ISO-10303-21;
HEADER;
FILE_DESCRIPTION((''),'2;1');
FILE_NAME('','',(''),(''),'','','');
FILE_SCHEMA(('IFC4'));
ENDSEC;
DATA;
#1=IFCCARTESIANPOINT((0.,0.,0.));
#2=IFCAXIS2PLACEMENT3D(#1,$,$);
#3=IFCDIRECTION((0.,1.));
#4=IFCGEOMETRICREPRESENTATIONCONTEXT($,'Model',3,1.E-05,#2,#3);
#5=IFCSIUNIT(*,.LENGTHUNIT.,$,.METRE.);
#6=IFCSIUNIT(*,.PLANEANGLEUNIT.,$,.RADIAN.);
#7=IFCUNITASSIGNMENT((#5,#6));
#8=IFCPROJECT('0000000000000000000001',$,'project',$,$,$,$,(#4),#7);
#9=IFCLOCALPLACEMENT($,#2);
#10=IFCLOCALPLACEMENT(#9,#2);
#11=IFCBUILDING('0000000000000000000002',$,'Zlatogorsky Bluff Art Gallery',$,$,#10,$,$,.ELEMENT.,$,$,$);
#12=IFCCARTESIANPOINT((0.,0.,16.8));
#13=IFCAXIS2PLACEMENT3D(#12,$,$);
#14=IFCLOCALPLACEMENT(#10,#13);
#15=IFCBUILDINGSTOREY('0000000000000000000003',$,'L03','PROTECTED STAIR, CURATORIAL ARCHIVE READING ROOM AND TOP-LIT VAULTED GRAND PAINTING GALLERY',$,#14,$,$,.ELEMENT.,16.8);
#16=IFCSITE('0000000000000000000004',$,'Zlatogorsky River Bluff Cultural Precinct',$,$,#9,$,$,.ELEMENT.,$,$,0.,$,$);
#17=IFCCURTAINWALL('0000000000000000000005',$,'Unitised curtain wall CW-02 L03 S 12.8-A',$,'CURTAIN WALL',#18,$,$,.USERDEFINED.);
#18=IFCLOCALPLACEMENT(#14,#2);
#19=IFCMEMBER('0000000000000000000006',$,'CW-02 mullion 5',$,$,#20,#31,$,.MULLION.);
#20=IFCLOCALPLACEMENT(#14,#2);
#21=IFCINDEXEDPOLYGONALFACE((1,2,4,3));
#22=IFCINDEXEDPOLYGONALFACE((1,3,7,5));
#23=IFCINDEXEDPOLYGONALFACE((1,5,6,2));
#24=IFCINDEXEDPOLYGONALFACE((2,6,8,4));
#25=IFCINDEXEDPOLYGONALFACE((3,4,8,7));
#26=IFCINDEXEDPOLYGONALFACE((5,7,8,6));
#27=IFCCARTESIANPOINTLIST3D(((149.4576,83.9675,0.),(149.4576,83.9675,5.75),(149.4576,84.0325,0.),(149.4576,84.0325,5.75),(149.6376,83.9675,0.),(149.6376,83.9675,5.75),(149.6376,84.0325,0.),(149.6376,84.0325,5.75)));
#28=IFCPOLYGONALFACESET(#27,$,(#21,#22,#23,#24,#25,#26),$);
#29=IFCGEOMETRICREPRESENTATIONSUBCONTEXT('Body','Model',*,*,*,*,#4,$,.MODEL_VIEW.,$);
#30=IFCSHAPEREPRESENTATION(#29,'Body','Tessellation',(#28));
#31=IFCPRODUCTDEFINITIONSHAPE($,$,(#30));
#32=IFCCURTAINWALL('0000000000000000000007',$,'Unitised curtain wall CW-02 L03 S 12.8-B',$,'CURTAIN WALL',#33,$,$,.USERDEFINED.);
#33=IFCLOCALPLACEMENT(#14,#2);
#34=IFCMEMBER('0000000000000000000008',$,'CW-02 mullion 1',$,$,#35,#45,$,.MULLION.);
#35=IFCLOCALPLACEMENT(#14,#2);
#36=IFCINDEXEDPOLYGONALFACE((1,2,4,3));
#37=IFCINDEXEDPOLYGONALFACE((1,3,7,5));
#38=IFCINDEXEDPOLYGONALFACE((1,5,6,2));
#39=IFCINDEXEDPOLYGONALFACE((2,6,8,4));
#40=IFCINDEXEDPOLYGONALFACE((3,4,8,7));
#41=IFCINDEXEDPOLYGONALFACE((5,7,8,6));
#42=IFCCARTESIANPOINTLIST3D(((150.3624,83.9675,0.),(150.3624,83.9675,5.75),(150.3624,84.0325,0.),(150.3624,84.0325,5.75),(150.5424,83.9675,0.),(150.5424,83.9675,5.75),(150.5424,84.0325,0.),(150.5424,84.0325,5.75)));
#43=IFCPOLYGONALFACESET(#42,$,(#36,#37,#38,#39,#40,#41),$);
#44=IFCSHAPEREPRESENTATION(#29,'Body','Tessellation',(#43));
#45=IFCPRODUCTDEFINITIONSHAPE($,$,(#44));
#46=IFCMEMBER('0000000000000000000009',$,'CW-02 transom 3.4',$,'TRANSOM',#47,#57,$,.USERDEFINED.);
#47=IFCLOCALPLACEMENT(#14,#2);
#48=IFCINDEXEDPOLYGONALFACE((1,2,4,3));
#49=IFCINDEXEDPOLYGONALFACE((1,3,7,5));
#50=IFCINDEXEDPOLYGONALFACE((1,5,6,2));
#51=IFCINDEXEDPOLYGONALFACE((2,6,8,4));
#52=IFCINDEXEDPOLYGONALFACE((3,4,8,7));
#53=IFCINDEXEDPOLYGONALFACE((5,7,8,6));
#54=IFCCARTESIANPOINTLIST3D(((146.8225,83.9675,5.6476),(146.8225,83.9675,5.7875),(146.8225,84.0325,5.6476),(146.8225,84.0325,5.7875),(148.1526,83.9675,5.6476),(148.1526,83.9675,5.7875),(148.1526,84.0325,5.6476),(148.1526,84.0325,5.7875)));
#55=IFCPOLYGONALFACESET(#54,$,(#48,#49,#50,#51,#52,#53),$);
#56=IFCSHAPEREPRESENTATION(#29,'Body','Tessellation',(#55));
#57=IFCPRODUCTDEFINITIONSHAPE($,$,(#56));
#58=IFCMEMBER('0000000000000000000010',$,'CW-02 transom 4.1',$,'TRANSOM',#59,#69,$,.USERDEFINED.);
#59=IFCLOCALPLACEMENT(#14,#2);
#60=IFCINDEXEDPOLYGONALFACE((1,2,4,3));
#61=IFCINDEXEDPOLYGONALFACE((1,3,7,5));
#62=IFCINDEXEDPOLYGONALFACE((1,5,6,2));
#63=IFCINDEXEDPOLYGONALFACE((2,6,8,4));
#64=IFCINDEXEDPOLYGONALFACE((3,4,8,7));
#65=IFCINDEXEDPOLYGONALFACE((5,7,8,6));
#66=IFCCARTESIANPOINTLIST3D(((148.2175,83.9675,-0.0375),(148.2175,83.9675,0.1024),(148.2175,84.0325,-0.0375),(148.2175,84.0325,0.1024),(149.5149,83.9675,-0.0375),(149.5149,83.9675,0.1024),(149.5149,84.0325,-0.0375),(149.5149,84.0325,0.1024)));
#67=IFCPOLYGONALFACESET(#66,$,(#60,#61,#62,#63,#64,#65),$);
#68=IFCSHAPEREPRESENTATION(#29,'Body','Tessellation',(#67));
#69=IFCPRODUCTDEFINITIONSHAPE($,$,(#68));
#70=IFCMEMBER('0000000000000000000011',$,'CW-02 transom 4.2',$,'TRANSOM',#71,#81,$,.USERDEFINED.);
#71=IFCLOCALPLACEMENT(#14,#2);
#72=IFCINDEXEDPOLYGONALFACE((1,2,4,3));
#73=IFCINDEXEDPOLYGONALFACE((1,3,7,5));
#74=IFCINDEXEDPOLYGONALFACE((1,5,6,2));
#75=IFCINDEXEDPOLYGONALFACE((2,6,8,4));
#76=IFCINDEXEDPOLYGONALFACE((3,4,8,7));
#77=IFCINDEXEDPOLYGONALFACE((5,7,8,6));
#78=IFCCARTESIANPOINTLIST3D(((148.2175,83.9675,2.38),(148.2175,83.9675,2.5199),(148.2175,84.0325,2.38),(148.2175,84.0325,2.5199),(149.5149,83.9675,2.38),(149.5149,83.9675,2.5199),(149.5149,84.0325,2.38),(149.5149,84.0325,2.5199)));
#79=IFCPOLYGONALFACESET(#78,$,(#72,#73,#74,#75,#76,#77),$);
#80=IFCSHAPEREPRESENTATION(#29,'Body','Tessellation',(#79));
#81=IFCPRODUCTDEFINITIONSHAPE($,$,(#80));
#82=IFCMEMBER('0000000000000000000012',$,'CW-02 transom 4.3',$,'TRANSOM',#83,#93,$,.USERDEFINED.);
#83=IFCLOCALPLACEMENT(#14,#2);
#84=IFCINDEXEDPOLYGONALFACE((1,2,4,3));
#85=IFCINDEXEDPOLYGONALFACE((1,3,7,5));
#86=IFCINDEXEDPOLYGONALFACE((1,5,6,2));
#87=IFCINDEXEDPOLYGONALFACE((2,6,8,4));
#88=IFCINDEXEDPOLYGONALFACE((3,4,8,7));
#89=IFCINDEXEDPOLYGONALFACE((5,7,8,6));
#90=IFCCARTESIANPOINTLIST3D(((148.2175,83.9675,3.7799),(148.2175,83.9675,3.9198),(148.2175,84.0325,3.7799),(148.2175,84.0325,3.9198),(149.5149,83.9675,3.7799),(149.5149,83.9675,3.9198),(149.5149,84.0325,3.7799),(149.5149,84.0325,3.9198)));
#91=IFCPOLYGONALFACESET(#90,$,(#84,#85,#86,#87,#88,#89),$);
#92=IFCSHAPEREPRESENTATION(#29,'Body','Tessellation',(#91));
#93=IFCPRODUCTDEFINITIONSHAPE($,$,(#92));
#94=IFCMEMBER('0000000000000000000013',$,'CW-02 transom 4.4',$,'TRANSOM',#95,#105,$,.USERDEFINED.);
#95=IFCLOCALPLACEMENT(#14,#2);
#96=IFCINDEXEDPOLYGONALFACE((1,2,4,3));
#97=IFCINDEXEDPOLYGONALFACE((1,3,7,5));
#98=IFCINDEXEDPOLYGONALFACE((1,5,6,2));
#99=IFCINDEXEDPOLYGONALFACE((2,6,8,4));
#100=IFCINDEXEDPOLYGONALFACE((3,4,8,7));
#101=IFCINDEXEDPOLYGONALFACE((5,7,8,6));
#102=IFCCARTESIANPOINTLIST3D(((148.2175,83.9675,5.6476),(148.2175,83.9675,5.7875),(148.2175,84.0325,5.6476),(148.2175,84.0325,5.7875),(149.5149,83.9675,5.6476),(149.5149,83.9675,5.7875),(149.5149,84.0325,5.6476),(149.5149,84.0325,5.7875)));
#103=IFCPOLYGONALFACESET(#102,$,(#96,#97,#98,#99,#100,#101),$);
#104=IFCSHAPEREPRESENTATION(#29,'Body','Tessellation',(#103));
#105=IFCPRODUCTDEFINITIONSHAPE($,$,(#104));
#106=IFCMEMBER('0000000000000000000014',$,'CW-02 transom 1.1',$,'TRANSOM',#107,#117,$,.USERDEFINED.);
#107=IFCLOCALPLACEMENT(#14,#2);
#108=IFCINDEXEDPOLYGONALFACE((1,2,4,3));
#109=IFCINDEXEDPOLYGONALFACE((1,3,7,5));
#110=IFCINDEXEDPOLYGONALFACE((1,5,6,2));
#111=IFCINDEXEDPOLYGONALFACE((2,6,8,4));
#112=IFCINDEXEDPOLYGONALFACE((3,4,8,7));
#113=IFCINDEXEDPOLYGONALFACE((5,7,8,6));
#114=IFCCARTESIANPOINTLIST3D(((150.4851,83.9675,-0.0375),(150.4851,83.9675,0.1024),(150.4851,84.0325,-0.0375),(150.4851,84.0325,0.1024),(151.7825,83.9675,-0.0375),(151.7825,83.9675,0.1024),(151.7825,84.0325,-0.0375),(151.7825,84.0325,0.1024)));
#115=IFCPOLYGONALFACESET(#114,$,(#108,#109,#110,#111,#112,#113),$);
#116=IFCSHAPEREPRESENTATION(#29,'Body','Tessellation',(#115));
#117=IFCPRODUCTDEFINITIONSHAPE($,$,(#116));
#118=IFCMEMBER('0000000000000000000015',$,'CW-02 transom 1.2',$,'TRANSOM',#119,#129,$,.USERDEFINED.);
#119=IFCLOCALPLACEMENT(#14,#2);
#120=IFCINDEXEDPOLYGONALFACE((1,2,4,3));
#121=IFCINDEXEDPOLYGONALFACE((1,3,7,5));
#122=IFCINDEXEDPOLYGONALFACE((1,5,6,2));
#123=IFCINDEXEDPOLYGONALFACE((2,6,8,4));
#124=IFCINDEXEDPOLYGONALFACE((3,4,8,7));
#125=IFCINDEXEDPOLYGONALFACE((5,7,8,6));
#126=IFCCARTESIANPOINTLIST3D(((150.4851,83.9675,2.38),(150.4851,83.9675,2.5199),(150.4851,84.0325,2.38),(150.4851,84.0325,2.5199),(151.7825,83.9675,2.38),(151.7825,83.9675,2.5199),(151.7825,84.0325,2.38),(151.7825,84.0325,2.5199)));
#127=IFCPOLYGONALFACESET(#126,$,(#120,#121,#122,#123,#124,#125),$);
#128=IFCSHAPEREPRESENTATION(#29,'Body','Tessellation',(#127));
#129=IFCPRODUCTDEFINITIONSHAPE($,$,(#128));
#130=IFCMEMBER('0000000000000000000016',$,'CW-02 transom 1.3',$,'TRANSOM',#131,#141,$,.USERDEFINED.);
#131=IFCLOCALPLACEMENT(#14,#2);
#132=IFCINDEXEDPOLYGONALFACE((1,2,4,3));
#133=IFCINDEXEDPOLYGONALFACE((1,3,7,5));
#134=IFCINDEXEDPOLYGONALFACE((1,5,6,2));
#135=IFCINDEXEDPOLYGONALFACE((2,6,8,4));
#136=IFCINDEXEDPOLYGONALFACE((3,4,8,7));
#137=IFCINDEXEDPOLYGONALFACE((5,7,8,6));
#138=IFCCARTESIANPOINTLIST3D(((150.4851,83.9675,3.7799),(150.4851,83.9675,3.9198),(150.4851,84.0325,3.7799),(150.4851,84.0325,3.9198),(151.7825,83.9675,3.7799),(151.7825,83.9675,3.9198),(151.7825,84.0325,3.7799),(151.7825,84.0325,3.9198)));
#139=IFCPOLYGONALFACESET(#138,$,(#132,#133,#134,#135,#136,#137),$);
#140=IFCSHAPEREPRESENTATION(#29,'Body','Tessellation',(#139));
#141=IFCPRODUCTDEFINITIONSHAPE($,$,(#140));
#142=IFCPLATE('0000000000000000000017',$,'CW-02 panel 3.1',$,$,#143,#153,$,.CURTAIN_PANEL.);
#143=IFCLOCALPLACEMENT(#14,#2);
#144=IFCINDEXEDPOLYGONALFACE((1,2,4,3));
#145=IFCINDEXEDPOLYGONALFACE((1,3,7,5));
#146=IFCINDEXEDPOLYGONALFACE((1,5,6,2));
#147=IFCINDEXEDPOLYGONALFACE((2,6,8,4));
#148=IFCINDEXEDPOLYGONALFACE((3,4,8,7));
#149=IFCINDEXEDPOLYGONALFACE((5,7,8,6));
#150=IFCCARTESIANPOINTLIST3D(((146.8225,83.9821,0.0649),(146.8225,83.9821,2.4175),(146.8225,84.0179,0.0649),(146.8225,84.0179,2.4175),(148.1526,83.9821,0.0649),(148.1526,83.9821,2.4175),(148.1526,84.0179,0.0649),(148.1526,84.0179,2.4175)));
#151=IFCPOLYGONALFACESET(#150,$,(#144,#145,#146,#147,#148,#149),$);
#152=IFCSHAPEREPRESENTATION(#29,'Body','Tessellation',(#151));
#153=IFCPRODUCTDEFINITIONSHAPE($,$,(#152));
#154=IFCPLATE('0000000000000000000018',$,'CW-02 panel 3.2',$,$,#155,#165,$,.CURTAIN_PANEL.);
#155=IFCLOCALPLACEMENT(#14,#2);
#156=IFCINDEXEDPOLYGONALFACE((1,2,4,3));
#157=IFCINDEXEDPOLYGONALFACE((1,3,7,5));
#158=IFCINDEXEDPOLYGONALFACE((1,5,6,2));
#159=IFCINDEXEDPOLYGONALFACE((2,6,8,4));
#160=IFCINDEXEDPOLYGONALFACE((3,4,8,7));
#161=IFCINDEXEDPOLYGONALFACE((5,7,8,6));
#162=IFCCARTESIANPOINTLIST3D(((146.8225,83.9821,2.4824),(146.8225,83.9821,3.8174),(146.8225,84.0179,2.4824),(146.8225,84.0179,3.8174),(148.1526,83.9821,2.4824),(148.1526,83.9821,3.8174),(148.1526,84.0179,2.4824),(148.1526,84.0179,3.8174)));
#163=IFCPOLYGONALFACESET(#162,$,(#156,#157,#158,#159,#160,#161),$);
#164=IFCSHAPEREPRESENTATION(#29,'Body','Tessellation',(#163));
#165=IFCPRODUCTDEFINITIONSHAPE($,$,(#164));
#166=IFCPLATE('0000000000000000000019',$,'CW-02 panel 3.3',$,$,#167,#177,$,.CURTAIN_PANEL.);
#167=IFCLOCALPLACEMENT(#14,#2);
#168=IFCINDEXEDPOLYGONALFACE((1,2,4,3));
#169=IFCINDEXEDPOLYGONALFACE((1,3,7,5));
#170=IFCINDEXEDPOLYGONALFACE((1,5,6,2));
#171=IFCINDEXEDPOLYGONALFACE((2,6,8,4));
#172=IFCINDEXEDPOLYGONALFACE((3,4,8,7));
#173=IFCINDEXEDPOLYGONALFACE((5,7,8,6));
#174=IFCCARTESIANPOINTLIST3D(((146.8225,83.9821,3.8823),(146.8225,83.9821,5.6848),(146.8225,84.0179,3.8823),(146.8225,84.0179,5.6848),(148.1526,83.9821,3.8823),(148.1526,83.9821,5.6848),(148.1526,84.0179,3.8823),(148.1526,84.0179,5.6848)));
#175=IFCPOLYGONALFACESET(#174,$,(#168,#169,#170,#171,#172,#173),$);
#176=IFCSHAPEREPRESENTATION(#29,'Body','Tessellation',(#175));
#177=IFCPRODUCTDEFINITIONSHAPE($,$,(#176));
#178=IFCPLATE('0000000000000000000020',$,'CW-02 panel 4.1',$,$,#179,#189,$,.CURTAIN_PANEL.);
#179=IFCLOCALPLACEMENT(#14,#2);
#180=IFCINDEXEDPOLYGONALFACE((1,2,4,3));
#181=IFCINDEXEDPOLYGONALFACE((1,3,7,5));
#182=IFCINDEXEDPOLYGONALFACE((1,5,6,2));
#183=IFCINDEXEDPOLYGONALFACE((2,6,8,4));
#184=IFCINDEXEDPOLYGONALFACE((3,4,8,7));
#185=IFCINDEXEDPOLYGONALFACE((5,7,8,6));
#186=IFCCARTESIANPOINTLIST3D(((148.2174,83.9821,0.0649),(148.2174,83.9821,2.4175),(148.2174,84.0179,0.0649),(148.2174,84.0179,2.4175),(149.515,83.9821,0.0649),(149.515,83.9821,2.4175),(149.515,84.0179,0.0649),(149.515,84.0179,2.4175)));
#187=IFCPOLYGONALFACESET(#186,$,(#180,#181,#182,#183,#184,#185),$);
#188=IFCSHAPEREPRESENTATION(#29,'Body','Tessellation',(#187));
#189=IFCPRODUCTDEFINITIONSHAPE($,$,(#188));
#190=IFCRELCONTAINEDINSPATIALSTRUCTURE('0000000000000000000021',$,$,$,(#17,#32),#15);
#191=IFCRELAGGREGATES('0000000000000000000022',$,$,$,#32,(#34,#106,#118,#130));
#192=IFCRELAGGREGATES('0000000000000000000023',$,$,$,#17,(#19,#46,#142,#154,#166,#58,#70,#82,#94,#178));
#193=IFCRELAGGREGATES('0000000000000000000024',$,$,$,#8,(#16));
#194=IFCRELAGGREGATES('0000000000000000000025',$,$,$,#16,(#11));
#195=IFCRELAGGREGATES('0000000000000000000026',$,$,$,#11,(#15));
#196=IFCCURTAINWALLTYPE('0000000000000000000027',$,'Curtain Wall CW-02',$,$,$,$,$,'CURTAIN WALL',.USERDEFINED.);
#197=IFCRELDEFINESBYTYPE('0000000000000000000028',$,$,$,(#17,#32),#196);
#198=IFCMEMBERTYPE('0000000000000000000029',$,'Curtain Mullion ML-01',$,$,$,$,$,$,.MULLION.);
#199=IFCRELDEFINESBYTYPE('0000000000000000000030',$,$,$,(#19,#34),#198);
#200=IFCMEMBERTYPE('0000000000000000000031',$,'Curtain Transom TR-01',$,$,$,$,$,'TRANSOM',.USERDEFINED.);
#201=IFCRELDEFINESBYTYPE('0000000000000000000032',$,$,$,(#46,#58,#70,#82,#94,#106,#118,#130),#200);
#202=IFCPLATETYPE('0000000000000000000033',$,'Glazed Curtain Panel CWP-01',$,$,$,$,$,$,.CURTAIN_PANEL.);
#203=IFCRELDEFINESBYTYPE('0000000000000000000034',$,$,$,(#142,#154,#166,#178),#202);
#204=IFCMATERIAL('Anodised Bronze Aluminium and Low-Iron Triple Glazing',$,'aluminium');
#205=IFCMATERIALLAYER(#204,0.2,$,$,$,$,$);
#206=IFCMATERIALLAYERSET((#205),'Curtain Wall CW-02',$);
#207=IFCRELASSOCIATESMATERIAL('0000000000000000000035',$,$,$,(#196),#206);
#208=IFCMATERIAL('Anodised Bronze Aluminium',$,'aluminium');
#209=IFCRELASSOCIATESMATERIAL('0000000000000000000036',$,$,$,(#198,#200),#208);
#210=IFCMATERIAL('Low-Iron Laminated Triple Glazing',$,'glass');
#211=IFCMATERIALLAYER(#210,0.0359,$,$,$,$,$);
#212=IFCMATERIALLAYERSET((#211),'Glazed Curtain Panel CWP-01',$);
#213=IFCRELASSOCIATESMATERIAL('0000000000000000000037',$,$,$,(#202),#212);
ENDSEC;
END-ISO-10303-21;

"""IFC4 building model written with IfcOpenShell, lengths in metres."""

from ifc_helpers import new_model, si_unit, direction, frame, origin, origin_2d, place, context, subcontext, project, spatial, rectangle, extrude, material, layer, layer_set, material_profile, profile_set, type_object, element, aggregate, save


model = new_model("IFC4")

# Units and contexts
model_context = context("Model", 3, precision=1e-05, world=origin(), true_north=direction((0.0, 1.0)))
body_context = subcontext(model_context, "Body", "Model", "MODEL_VIEW")
ifc_project = project(units=[si_unit("LENGTHUNIT", "METRE"), si_unit("PLANEANGLEUNIT", "RADIAN")], contexts=[model_context])

# Site, building, storey
site_placement = place(None, origin())
site = spatial("IfcSite", under=ifc_project, at=site_placement, Name="Zlatogorsky River Bluff Cultural Precinct", CompositionType="ELEMENT", RefElevation=0.0)
building_placement = place(site_placement, origin())
building = spatial("IfcBuilding", under=site, at=building_placement, Name="Zlatogorsky Bluff Art Gallery", CompositionType="ELEMENT")
storey_placement = place(building_placement, frame((0.0, 0.0, 16.8)))
storey = spatial("IfcBuildingStorey", under=building, at=storey_placement, Name="L03", Description="PROTECTED STAIR, CURATORIAL ARCHIVE READING ROOM AND TOP-LIT VAULTED GRAND PAINTING GALLERY", CompositionType="ELEMENT", Elevation=16.8)

# Curtain wall, member
ifc_material_1 = material(Name="Anodised Bronze Aluminium and Low-Iron Triple Glazing", Category="aluminium")
ifc_layer_1 = layer(ifc_material_1, 0.2)
ifc_layer_set_1 = layer_set([ifc_layer_1], Name="Curtain Wall CW-02")
curtain_wall_type = type_object("IfcCurtainWallType", Name="Curtain Wall CW-02", ElementType="CURTAIN WALL", PredefinedType="USERDEFINED", material=ifc_layer_set_1)
curtain_wall_1_placement = place(storey_placement, origin())
curtain_wall_1 = element("IfcCurtainWall", 1, at=curtain_wall_1_placement, inside=storey, type_object=curtain_wall_type, Name="Unitised curtain wall CW-02 L03 S 12.8-A", ObjectType="CURTAIN WALL", PredefinedType="USERDEFINED")
ifc_material_2 = material(Name="Anodised Bronze Aluminium", Category="aluminium")
ifc_material_profile_1 = material_profile(ifc_material_2, rectangle(XDim=0.0649, YDim=0.1799, at=origin_2d()), Name="ALU MULLION 65x180")
ifc_profile_set_1 = profile_set([ifc_material_profile_1], Name="Anodised Bronze Aluminium")
member_type_1 = type_object("IfcMemberType", Name="Curtain Mullion ML-01", PredefinedType="MULLION", material=ifc_profile_set_1)
member_1_placement = place(storey_placement, frame((149.5476, 84.0, 0.0), z_axis=(0.0, 0.0, 1.0), x_axis=(0.0, 1.0, 0.0)))
member_1 = element("IfcMember", 2, at=member_1_placement, type_object=member_type_1, Name="CW-02 mullion 5", PredefinedType="MULLION", context=body_context, shape_type="SweptSolid", body=[
    extrude(rectangle(XDim=0.0649, YDim=0.1799, at=origin_2d()), origin(), (0.0, 0.0, 1.0), 5.75),
])

# Curtain wall, member
curtain_wall_2_placement = place(storey_placement, origin())
curtain_wall_2 = element("IfcCurtainWall", 3, at=curtain_wall_2_placement, inside=storey, type_object=curtain_wall_type, Name="Unitised curtain wall CW-02 L03 S 12.8-B", ObjectType="CURTAIN WALL", PredefinedType="USERDEFINED")
member_2_placement = place(storey_placement, frame((150.4524, 84.0, 0.0), z_axis=(0.0, 0.0, 1.0), x_axis=(0.0, 1.0, 0.0)))
member_2 = element("IfcMember", 4, at=member_2_placement, type_object=member_type_1, Name="CW-02 mullion 1", PredefinedType="MULLION", context=body_context, shape_type="SweptSolid", body=[
    extrude(rectangle(XDim=0.0649, YDim=0.1799, at=origin_2d()), origin(), (0.0, 0.0, 1.0), 5.75),
])

# Members
ifc_material_profile_2 = material_profile(ifc_material_2, rectangle(XDim=0.0649, YDim=0.1399, at=origin_2d()), Name="ALU TRANSOM 65x140")
ifc_profile_set_2 = profile_set([ifc_material_profile_2], Name="Anodised Bronze Aluminium")
member_type_2 = type_object("IfcMemberType", Name="Curtain Transom TR-01", ElementType="TRANSOM", PredefinedType="USERDEFINED", material=ifc_profile_set_2)
member_3_placement = place(storey_placement, frame((146.8225, 84.0, 5.7175), z_axis=(1.0, 0.0, 0.0), x_axis=(0.0, 1.0, 0.0)))
member_3 = element("IfcMember", 5, at=member_3_placement, type_object=member_type_2, Name="CW-02 transom 3.4", ObjectType="TRANSOM", PredefinedType="USERDEFINED", context=body_context, shape_type="SweptSolid", body=[
    extrude(rectangle(XDim=0.0649, YDim=0.1399, at=origin_2d()), origin(), (0.0, 0.0, 1.0), 1.3301),
])
member_4_placement = place(storey_placement, frame((148.2175, 84.0, 0.0325), z_axis=(1.0, 0.0, 0.0), x_axis=(0.0, 1.0, 0.0)))
member_4 = element("IfcMember", 6, at=member_4_placement, type_object=member_type_2, Name="CW-02 transom 4.1", ObjectType="TRANSOM", PredefinedType="USERDEFINED", context=body_context, shape_type="SweptSolid", body=[
    extrude(rectangle(XDim=0.0649, YDim=0.1399, at=origin_2d()), origin(), (0.0, 0.0, 1.0), 1.2974),
])
member_5_placement = place(storey_placement, frame((148.2175, 84.0, 2.45), z_axis=(1.0, 0.0, 0.0), x_axis=(0.0, 1.0, 0.0)))
member_5 = element("IfcMember", 7, at=member_5_placement, type_object=member_type_2, Name="CW-02 transom 4.2", ObjectType="TRANSOM", PredefinedType="USERDEFINED", context=body_context, shape_type="SweptSolid", body=[
    extrude(rectangle(XDim=0.0649, YDim=0.1399, at=origin_2d()), origin(), (0.0, 0.0, 1.0), 1.2974),
])
member_6_placement = place(storey_placement, frame((148.2175, 84.0, 3.8499), z_axis=(1.0, 0.0, 0.0), x_axis=(0.0, 1.0, 0.0)))
member_6 = element("IfcMember", 8, at=member_6_placement, type_object=member_type_2, Name="CW-02 transom 4.3", ObjectType="TRANSOM", PredefinedType="USERDEFINED", context=body_context, shape_type="SweptSolid", body=[
    extrude(rectangle(XDim=0.0649, YDim=0.1399, at=origin_2d()), origin(), (0.0, 0.0, 1.0), 1.2974),
])
member_7_placement = place(storey_placement, frame((148.2175, 84.0, 5.7175), z_axis=(1.0, 0.0, 0.0), x_axis=(0.0, 1.0, 0.0)))
member_7 = element("IfcMember", 9, at=member_7_placement, type_object=member_type_2, Name="CW-02 transom 4.4", ObjectType="TRANSOM", PredefinedType="USERDEFINED", context=body_context, shape_type="SweptSolid", body=[
    extrude(rectangle(XDim=0.0649, YDim=0.1399, at=origin_2d()), origin(), (0.0, 0.0, 1.0), 1.2974),
])
member_8_placement = place(storey_placement, frame((150.4851, 84.0, 0.0325), z_axis=(1.0, 0.0, 0.0), x_axis=(0.0, 1.0, 0.0)))
member_8 = element("IfcMember", 10, at=member_8_placement, type_object=member_type_2, Name="CW-02 transom 1.1", ObjectType="TRANSOM", PredefinedType="USERDEFINED", context=body_context, shape_type="SweptSolid", body=[
    extrude(rectangle(XDim=0.0649, YDim=0.1399, at=origin_2d()), origin(), (0.0, 0.0, 1.0), 1.2974),
])
member_9_placement = place(storey_placement, frame((150.4851, 84.0, 2.45), z_axis=(1.0, 0.0, 0.0), x_axis=(0.0, 1.0, 0.0)))
member_9 = element("IfcMember", 11, at=member_9_placement, type_object=member_type_2, Name="CW-02 transom 1.2", ObjectType="TRANSOM", PredefinedType="USERDEFINED", context=body_context, shape_type="SweptSolid", body=[
    extrude(rectangle(XDim=0.0649, YDim=0.1399, at=origin_2d()), origin(), (0.0, 0.0, 1.0), 1.2974),
])
member_10_placement = place(storey_placement, frame((150.4851, 84.0, 3.8499), z_axis=(1.0, 0.0, 0.0), x_axis=(0.0, 1.0, 0.0)))
member_10 = element("IfcMember", 12, at=member_10_placement, type_object=member_type_2, Name="CW-02 transom 1.3", ObjectType="TRANSOM", PredefinedType="USERDEFINED", context=body_context, shape_type="SweptSolid", body=[
    extrude(rectangle(XDim=0.0649, YDim=0.1399, at=origin_2d()), origin(), (0.0, 0.0, 1.0), 1.2974),
])
aggregate(curtain_wall_2, [member_2, member_8, member_9, member_10])

# Plates
ifc_material_3 = material(Name="Low-Iron Laminated Triple Glazing", Category="glass")
ifc_layer_2 = layer(ifc_material_3, 0.0359)
ifc_layer_set_2 = layer_set([ifc_layer_2], Name="Glazed Curtain Panel CWP-01")
plate_type = type_object("IfcPlateType", Name="Glazed Curtain Panel CWP-01", PredefinedType="CURTAIN_PANEL", material=ifc_layer_set_2)
plate_1_placement = place(storey_placement, frame((147.4875, 84.0, 0.0649), z_axis=(0.0, 0.0, 1.0), x_axis=(1.0, 0.0, 0.0)))
plate_1 = element("IfcPlate", 13, at=plate_1_placement, type_object=plate_type, Name="CW-02 panel 3.1", PredefinedType="CURTAIN_PANEL", context=body_context, shape_type="SweptSolid", body=[
    extrude(rectangle(XDim=1.3301, YDim=0.0359, at=origin_2d()), origin(), (0.0, 0.0, 1.0), 2.3525),
])
plate_2_placement = place(storey_placement, frame((147.4875, 84.0, 2.4824), z_axis=(0.0, 0.0, 1.0), x_axis=(1.0, 0.0, 0.0)))
plate_2 = element("IfcPlate", 14, at=plate_2_placement, type_object=plate_type, Name="CW-02 panel 3.2", PredefinedType="CURTAIN_PANEL", context=body_context, shape_type="SweptSolid", body=[
    extrude(rectangle(XDim=1.3301, YDim=0.0359, at=origin_2d()), origin(), (0.0, 0.0, 1.0), 1.335),
])
plate_3_placement = place(storey_placement, frame((147.4875, 84.0, 3.8823), z_axis=(0.0, 0.0, 1.0), x_axis=(1.0, 0.0, 0.0)))
plate_3 = element("IfcPlate", 15, at=plate_3_placement, type_object=plate_type, Name="CW-02 panel 3.3", PredefinedType="CURTAIN_PANEL", context=body_context, shape_type="SweptSolid", body=[
    extrude(rectangle(XDim=1.3301, YDim=0.0359, at=origin_2d()), origin(), (0.0, 0.0, 1.0), 1.8025),
])
plate_4_placement = place(storey_placement, frame((148.8662, 84.0, 0.0649), z_axis=(0.0, 0.0, 1.0), x_axis=(1.0, 0.0, 0.0)))
plate_4 = element("IfcPlate", 16, at=plate_4_placement, type_object=plate_type, Name="CW-02 panel 4.1", PredefinedType="CURTAIN_PANEL", context=body_context, shape_type="SweptSolid", body=[
    extrude(rectangle(XDim=1.2976, YDim=0.0359, at=origin_2d()), origin(), (0.0, 0.0, 1.0), 2.3525),
])
aggregate(curtain_wall_1, [member_1, member_3, plate_1, plate_2, plate_3, member_4, member_5, member_6, member_7, plate_4])

save(model, "model.ifc")
